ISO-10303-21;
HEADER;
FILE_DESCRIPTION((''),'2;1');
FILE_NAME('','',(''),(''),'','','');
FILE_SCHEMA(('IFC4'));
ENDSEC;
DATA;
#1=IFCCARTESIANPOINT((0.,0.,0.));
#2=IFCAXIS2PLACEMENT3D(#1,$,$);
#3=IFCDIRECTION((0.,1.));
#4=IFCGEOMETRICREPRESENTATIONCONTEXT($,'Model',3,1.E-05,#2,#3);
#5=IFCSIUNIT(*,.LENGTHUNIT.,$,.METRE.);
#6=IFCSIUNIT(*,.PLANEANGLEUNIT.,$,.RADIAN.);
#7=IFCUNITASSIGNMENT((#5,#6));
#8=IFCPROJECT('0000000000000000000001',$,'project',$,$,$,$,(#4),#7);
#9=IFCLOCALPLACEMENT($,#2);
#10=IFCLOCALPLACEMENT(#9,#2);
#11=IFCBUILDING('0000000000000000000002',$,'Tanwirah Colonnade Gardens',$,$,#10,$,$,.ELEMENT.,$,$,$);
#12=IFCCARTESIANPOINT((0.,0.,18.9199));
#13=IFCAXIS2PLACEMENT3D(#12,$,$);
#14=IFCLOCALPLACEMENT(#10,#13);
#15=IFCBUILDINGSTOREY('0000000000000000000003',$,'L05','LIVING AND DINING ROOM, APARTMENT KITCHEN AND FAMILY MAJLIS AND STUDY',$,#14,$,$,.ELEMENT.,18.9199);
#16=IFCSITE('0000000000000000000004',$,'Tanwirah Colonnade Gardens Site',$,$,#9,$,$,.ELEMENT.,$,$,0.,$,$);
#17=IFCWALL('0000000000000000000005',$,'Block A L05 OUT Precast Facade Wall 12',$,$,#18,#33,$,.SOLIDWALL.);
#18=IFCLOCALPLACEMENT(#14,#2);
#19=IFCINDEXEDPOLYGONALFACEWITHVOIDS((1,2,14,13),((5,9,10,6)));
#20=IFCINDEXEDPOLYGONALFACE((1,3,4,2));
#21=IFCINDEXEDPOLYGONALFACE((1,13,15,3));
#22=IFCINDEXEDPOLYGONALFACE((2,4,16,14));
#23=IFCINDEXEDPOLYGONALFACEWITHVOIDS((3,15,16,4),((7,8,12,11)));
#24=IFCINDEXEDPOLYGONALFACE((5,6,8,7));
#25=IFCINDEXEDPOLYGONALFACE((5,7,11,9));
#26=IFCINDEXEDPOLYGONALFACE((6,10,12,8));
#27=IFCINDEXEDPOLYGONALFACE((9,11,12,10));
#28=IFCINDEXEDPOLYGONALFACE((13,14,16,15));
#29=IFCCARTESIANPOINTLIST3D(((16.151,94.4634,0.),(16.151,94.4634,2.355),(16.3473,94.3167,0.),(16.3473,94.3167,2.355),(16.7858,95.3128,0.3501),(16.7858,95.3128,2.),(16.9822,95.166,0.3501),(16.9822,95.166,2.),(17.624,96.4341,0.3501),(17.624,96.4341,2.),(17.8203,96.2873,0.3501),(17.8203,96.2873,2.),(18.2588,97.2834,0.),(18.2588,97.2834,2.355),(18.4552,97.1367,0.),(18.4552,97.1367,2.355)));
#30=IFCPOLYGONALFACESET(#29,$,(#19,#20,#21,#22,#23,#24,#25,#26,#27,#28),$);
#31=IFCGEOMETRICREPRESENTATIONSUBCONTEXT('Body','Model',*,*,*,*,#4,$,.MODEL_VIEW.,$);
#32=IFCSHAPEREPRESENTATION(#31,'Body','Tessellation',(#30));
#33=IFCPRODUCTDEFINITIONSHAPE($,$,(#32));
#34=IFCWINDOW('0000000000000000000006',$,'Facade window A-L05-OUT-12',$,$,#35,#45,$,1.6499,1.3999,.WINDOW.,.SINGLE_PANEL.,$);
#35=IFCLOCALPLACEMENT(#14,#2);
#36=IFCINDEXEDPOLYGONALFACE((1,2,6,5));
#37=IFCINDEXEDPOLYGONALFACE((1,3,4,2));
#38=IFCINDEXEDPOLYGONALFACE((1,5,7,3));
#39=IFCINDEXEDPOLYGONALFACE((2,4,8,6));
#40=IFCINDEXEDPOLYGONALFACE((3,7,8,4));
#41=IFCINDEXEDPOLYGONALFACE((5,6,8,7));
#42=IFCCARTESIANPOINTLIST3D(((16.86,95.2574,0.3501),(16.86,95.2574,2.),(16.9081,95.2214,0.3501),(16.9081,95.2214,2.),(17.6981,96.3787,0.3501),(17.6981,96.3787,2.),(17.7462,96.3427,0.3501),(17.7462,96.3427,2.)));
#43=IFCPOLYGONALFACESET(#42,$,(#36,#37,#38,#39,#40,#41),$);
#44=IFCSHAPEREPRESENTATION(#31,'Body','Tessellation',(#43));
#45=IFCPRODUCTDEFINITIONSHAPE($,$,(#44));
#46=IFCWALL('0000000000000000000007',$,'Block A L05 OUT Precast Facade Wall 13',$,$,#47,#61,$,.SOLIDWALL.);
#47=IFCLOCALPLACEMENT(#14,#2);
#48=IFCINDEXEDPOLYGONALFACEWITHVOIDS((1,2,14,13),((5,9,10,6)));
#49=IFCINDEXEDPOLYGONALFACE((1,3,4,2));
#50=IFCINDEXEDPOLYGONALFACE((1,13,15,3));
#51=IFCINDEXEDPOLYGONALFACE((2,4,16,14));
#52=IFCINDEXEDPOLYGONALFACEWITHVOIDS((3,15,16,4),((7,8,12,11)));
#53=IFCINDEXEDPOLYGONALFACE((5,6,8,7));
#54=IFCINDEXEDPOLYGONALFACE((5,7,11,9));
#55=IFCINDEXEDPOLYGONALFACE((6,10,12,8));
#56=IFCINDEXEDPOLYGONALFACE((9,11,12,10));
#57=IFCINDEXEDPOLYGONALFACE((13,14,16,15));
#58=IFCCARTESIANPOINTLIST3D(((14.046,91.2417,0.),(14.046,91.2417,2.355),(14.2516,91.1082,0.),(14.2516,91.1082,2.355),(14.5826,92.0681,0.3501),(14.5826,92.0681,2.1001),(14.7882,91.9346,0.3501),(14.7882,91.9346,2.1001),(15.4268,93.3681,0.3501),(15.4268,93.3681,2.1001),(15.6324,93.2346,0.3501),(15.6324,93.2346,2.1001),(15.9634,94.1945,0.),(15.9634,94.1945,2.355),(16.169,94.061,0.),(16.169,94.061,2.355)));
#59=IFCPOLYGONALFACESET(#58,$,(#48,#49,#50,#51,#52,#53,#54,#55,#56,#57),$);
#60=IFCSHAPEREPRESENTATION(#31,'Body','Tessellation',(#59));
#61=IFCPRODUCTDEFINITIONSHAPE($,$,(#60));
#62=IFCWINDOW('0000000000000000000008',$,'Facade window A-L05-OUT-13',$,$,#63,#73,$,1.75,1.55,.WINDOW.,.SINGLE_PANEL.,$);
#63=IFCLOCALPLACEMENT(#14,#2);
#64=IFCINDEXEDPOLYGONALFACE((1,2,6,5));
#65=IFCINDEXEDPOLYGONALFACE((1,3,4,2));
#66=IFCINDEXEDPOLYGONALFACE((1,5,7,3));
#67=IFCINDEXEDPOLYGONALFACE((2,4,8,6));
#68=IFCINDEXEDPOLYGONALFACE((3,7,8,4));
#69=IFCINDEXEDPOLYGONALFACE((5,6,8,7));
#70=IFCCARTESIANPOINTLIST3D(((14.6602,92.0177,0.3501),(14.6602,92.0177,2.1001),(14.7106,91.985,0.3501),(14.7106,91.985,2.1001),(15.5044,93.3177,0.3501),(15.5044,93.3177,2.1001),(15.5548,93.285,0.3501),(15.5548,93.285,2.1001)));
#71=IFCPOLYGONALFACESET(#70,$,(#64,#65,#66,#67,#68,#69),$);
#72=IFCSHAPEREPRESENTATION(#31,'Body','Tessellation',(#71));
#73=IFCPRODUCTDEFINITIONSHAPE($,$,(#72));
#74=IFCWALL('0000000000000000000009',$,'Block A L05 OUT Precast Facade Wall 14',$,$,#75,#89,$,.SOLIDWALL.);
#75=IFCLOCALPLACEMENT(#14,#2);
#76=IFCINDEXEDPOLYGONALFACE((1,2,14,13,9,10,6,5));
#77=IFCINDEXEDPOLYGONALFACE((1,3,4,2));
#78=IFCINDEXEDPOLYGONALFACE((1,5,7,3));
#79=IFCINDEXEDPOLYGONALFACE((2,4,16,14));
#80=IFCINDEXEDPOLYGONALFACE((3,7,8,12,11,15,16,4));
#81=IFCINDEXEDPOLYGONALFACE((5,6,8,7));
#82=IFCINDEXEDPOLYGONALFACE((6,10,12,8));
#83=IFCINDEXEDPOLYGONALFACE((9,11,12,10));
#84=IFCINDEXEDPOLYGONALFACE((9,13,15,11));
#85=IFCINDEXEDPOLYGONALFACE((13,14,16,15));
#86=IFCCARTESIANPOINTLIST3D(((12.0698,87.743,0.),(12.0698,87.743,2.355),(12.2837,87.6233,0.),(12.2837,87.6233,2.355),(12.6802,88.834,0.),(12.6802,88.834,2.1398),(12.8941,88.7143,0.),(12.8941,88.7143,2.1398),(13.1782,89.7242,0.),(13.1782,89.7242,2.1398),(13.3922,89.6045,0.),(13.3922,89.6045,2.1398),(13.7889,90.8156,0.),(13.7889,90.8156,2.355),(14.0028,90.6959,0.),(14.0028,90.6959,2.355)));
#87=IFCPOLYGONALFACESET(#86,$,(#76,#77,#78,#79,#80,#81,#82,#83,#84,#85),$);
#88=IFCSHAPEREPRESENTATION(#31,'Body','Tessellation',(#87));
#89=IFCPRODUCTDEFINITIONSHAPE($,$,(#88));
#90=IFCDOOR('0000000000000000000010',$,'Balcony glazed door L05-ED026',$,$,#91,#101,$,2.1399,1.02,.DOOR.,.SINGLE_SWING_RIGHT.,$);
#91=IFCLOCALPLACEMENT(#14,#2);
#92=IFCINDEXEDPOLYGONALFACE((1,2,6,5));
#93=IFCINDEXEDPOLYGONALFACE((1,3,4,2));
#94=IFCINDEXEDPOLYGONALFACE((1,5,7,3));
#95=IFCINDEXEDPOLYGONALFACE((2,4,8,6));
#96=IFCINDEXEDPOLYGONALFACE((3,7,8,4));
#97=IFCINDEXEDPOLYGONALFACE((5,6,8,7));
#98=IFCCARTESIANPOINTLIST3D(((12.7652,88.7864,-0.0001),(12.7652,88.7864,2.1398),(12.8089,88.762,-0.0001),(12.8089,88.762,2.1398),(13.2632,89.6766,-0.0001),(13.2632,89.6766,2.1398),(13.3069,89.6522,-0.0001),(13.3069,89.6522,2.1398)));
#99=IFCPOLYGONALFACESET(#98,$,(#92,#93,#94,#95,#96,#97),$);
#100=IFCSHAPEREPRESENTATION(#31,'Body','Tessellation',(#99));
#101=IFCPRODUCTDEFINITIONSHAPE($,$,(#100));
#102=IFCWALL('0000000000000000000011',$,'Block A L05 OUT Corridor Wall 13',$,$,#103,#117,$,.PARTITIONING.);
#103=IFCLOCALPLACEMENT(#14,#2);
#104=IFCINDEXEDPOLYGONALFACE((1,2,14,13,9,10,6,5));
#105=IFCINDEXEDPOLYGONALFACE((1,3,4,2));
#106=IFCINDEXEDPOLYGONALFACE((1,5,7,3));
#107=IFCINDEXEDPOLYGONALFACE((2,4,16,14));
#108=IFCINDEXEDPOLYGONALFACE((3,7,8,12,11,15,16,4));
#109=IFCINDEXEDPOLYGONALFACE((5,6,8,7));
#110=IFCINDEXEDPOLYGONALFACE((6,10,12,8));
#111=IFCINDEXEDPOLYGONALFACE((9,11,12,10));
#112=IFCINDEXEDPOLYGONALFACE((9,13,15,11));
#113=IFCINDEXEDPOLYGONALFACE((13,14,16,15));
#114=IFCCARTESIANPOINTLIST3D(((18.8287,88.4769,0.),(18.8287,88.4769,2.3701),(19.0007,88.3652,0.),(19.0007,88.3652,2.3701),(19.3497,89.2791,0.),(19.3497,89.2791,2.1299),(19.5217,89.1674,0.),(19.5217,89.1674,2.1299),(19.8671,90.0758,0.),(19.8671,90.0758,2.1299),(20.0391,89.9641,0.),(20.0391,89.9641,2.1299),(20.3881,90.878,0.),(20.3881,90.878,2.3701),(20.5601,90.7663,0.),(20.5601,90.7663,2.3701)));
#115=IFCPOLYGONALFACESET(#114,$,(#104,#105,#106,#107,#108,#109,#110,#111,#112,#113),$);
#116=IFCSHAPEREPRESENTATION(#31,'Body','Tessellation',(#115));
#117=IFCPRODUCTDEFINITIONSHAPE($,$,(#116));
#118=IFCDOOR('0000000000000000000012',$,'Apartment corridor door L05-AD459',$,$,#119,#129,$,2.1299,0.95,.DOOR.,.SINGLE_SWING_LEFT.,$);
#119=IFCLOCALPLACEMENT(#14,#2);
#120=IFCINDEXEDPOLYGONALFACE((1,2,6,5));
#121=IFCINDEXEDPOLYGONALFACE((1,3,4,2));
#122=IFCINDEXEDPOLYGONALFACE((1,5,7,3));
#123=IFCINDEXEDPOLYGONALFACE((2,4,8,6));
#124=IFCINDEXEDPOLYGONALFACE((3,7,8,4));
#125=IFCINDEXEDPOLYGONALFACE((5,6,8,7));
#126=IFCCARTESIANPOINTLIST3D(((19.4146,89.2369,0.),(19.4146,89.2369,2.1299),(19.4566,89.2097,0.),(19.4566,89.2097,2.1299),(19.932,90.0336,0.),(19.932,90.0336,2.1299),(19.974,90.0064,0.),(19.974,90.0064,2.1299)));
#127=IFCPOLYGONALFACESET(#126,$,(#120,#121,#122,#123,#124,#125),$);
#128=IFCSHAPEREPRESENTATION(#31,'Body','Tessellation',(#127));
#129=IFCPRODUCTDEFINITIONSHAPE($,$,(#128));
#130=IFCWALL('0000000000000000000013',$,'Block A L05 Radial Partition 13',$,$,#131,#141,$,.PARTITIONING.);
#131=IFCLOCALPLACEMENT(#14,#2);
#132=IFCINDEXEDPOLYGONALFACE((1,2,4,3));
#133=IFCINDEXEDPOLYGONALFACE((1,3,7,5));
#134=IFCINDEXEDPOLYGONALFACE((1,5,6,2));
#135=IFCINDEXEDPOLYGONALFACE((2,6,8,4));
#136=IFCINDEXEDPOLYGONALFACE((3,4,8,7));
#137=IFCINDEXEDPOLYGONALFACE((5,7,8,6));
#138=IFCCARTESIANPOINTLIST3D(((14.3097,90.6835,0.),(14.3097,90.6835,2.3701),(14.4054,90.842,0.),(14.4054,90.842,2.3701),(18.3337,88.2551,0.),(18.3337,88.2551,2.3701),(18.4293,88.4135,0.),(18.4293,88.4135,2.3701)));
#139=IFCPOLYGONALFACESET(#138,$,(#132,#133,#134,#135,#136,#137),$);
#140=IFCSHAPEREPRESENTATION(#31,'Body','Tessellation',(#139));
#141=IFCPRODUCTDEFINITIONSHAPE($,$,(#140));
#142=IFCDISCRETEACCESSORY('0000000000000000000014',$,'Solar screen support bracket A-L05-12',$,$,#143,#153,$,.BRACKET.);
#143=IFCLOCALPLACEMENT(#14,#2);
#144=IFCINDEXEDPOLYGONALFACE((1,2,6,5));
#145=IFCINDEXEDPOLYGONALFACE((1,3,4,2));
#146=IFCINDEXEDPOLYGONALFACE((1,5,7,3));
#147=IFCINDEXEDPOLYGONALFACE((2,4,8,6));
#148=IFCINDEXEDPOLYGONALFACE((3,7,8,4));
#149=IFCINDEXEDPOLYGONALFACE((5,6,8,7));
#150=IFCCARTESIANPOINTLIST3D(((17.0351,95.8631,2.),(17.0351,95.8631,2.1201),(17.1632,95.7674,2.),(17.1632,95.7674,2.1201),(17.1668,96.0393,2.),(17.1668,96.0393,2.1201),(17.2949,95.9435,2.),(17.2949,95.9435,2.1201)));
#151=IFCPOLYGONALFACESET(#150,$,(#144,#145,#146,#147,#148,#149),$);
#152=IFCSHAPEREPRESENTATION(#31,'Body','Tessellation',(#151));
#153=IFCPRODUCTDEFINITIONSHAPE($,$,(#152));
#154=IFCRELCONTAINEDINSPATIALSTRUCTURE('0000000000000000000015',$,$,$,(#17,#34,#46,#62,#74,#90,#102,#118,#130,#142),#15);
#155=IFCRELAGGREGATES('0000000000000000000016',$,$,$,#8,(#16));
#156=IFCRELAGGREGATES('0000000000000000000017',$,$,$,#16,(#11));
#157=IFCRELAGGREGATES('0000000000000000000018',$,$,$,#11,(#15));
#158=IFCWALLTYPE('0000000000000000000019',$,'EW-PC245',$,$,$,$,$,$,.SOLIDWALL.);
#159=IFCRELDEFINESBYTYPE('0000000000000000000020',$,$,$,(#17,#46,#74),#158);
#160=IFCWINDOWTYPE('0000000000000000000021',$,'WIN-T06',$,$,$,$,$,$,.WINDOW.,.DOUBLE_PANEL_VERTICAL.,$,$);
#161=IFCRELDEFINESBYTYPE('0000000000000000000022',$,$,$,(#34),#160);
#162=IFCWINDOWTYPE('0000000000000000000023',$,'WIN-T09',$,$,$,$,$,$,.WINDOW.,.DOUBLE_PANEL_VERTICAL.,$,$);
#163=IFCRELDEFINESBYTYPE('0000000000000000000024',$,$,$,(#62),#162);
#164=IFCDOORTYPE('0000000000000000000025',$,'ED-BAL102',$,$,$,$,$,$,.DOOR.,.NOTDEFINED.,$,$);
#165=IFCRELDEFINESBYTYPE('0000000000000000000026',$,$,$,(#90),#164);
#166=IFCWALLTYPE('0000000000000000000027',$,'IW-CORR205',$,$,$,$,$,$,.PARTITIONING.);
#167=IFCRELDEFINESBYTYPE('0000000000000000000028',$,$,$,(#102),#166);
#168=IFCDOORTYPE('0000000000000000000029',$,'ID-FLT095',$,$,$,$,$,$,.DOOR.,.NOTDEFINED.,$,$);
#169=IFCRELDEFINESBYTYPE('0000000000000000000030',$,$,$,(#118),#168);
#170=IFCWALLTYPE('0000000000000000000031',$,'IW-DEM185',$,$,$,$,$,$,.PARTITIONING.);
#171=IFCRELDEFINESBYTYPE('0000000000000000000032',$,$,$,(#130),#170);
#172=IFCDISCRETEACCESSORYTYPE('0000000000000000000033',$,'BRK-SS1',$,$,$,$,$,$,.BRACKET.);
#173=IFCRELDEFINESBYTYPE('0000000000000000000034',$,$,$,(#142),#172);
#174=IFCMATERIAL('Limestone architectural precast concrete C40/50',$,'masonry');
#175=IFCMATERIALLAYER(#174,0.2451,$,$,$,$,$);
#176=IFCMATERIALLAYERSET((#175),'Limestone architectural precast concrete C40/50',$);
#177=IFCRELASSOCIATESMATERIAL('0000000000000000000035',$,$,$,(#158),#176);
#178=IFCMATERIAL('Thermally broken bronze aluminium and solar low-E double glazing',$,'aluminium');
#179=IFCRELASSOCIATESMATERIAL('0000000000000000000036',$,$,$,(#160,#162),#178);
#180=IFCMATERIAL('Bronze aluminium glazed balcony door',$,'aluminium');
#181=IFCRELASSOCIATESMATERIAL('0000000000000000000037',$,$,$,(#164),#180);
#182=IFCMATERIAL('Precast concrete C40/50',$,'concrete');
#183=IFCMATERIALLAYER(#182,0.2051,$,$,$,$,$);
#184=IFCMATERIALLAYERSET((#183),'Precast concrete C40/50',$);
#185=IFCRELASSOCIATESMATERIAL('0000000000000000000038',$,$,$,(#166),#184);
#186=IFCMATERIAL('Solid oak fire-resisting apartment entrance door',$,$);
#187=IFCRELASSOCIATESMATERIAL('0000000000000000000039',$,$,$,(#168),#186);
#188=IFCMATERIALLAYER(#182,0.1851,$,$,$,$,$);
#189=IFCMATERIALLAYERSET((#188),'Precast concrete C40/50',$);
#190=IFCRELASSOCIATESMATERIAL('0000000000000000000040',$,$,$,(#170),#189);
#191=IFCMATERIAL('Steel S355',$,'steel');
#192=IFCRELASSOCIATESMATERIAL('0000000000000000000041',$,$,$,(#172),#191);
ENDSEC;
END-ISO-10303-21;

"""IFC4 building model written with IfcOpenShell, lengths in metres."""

from ifc_helpers import new_model, si_unit, direction, frame, frame_2d, origin, origin_2d, place, context, subcontext, project, spatial, rectangle, extrude, material, layer, layer_set, type_object, element, fill, save


model = new_model("IFC4")

# Units and contexts
model_context = context("Model", 3, precision=1e-05, world=origin(), true_north=direction((0.0, 1.0)))
body_context = subcontext(model_context, "Body", "Model", "MODEL_VIEW")
ifc_project = project(units=[si_unit("LENGTHUNIT", "METRE"), si_unit("PLANEANGLEUNIT", "RADIAN")], contexts=[model_context])

# Site, building, storey
site_placement = place(None, origin())
site = spatial("IfcSite", under=ifc_project, at=site_placement, Name="Tanwirah Colonnade Gardens Site", CompositionType="ELEMENT", RefElevation=0.0)
building_placement = place(site_placement, origin())
building = spatial("IfcBuilding", under=site, at=building_placement, Name="Tanwirah Colonnade Gardens", CompositionType="ELEMENT")
storey_placement = place(building_placement, frame((0.0, 0.0, 18.9199)))
storey = spatial("IfcBuildingStorey", under=building, at=storey_placement, Name="L05", Description="LIVING AND DINING ROOM, APARTMENT KITCHEN AND FAMILY MAJLIS AND STUDY", CompositionType="ELEMENT", Elevation=18.9199)

# Shared definitions
ifc_material_1 = material(Name="Precast concrete C40/50", Category="concrete")

# Walls, openings, windows
ifc_material_2 = material(Name="Limestone architectural precast concrete C40/50", Category="masonry")
ifc_layer_1 = layer(ifc_material_2, 0.2451)
ifc_layer_set_1 = layer_set([ifc_layer_1], Name="Limestone architectural precast concrete C40/50")
wall_type_1 = type_object("IfcWallType", Name="EW-PC245", PredefinedType="SOLIDWALL", material=ifc_layer_set_1)
wall_1_placement = place(storey_placement, frame((18.3569, 97.21, 0.0), z_axis=(0.0, 0.0, 1.0), x_axis=(-0.598701, -0.800973, 0.0)))
wall_1 = element("IfcWall", 1, at=wall_1_placement, inside=storey, type_object=wall_type_1, Name="Block A L05 OUT Precast Facade Wall 12", PredefinedType="SOLIDWALL", context=body_context, shape_type="SweptSolid", body=[
    extrude(rectangle(XDim=3.5208, YDim=0.2451, at=frame_2d((1.7603, 0.0))), origin(), (0.0, 0.0, 1.0), 2.355),
])
opening_1_placement = place(wall_1_placement, frame((1.0603, 0.0, 0.3501)))
opening_1 = element("IfcOpeningElement", 2, at=opening_1_placement, cuts=wall_1, PredefinedType="OPENING", context=body_context, shape_type="SweptSolid", body=[
    extrude(rectangle(XDim=1.3999, YDim=1.6499, at=frame_2d((0.7, 0.825))), frame((0.0, 0.1326, 0.0), z_axis=(0.0, -1.0, 0.0), x_axis=(1.0, 0.0, 0.0)), (0.0, 0.0, 1.0), 0.2651),
])
ifc_material_3 = material(Name="Thermally broken bronze aluminium and solar low-E double glazing", Category="aluminium")
window_type_1 = type_object("IfcWindowType", Name="WIN-T06", PartitioningType="DOUBLE_PANEL_VERTICAL", PredefinedType="WINDOW", material=ifc_material_3)
window_1_placement = place(opening_1_placement, origin())
window_1 = element("IfcWindow", 3, at=window_1_placement, inside=storey, type_object=window_type_1, Name="Facade window A-L05-OUT-12", OverallHeight=1.6499, OverallWidth=1.3999, PartitioningType="SINGLE_PANEL", PredefinedType="WINDOW", context=body_context, shape_type="SweptSolid", body=[
    extrude(rectangle(XDim=1.3999, YDim=1.6499, at=frame_2d((0.7, 0.825))), frame((0.0, 0.03, 0.0), z_axis=(0.0, -1.0, 0.0), x_axis=(1.0, 0.0, 0.0)), (0.0, 0.0, 1.0), 0.0601),
])
fill(opening_1, window_1)
wall_2_placement = place(storey_placement, frame((16.0662, 94.1277, 0.0), z_axis=(0.0, 0.0, 1.0), x_axis=(-0.544611, -0.838689, 0.0)))
wall_2 = element("IfcWall", 4, at=wall_2_placement, inside=storey, type_object=wall_type_1, Name="Block A L05 OUT Precast Facade Wall 13", PredefinedType="SOLIDWALL", context=body_context, shape_type="SweptSolid", body=[
    extrude(rectangle(XDim=3.5208, YDim=0.2451, at=frame_2d((1.7603, 0.0))), origin(), (0.0, 0.0, 1.0), 2.355),
])
opening_2_placement = place(wall_2_placement, frame((0.9854, 0.0, 0.3501)))
opening_2 = element("IfcOpeningElement", 5, at=opening_2_placement, cuts=wall_2, PredefinedType="OPENING", context=body_context, shape_type="SweptSolid", body=[
    extrude(rectangle(XDim=1.55, YDim=1.75, at=frame_2d((0.7749, 0.875))), frame((0.0, 0.1326, 0.0), z_axis=(0.0, -1.0, 0.0), x_axis=(1.0, 0.0, 0.0)), (0.0, 0.0, 1.0), 0.2651),
])
window_type_2 = type_object("IfcWindowType", Name="WIN-T09", PartitioningType="DOUBLE_PANEL_VERTICAL", PredefinedType="WINDOW", material=ifc_material_3)
window_2_placement = place(opening_2_placement, origin())
window_2 = element("IfcWindow", 6, at=window_2_placement, inside=storey, type_object=window_type_2, Name="Facade window A-L05-OUT-13", OverallHeight=1.75, OverallWidth=1.55, PartitioningType="SINGLE_PANEL", PredefinedType="WINDOW", context=body_context, shape_type="SweptSolid", body=[
    extrude(rectangle(XDim=1.55, YDim=1.75, at=frame_2d((0.7749, 0.875))), frame((0.0, 0.03, 0.0), z_axis=(0.0, -1.0, 0.0), x_axis=(1.0, 0.0, 0.0)), (0.0, 0.0, 1.0), 0.0601),
])
fill(opening_2, window_2)

# Walls, openings, doors
wall_3_placement = place(storey_placement, frame((13.8958, 90.7556, 0.0), z_axis=(0.0, 0.0, 1.0), x_axis=(-0.488255, -0.872701, 0.0)))
wall_3 = element("IfcWall", 7, at=wall_3_placement, inside=storey, type_object=wall_type_1, Name="Block A L05 OUT Precast Facade Wall 14", PredefinedType="SOLIDWALL", context=body_context, shape_type="SweptSolid", body=[
    extrude(rectangle(XDim=3.5208, YDim=0.2451, at=frame_2d((1.7603, 0.0))), origin(), (0.0, 0.0, 1.0), 2.355),
])
opening_3_placement = place(wall_3_placement, frame((1.2505, 0.0, 0.0)))
opening_3 = element("IfcOpeningElement", 8, at=opening_3_placement, cuts=wall_3, PredefinedType="OPENING", context=body_context, shape_type="SweptSolid", body=[
    extrude(rectangle(XDim=1.02, YDim=2.1399, at=frame_2d((0.51, 1.0698))), frame((0.0, 0.1326, 0.0), z_axis=(0.0, -1.0, 0.0), x_axis=(1.0, 0.0, 0.0)), (0.0, 0.0, 1.0), 0.2651),
])
ifc_material_4 = material(Name="Bronze aluminium glazed balcony door", Category="aluminium")
door_type_1 = type_object("IfcDoorType", Name="ED-BAL102", OperationType="NOTDEFINED", PredefinedType="DOOR", material=ifc_material_4)
door_1_placement = place(opening_3_placement, origin())
door_1 = element("IfcDoor", 9, at=door_1_placement, inside=storey, type_object=door_type_1, Name="Balcony glazed door L05-ED026", OperationType="SINGLE_SWING_RIGHT", OverallHeight=2.1399, OverallWidth=1.02, PredefinedType="DOOR", context=body_context, shape_type="SweptSolid", body=[
    extrude(rectangle(XDim=1.02, YDim=2.1399, at=frame_2d((0.51, 1.0698))), frame((0.0, 0.0249, 0.0), z_axis=(0.0, -1.0, 0.0), x_axis=(1.0, 0.0, 0.0)), (0.0, 0.0, 1.0), 0.05),
])
fill(opening_3, door_1)
ifc_layer_2 = layer(ifc_material_1, 0.2051)
ifc_layer_set_2 = layer_set([ifc_layer_2], Name="Precast concrete C40/50")
wall_type_2 = type_object("IfcWallType", Name="IW-CORR205", PredefinedType="PARTITIONING", material=ifc_layer_set_2)
wall_4_placement = place(storey_placement, frame((20.4741, 90.8223, 0.0), z_axis=(0.0, 0.0, 1.0), x_axis=(-0.544644, -0.838668, 0.0)))
wall_4 = element("IfcWall", 10, at=wall_4_placement, inside=storey, type_object=wall_type_2, Name="Block A L05 OUT Corridor Wall 13", PredefinedType="PARTITIONING", context=body_context, shape_type="SweptSolid", body=[
    extrude(rectangle(XDim=2.863, YDim=0.2051, at=frame_2d((1.4316, 0.0))), origin(), (0.0, 0.0, 1.0), 2.3701),
])
opening_4_placement = place(wall_4_placement, frame((0.9565, 0.0, 0.0)))
opening_4 = element("IfcOpeningElement", 11, at=opening_4_placement, cuts=wall_4, PredefinedType="OPENING", context=body_context, shape_type="SweptSolid", body=[
    extrude(rectangle(XDim=0.95, YDim=2.1299, at=frame_2d((0.4751, 1.0649))), frame((0.0, 0.1125, 0.0), z_axis=(0.0, -1.0, 0.0), x_axis=(1.0, 0.0, 0.0)), (0.0, 0.0, 1.0), 0.2251),
])
ifc_material_5 = material(Name="Solid oak fire-resisting apartment entrance door")
door_type_2 = type_object("IfcDoorType", Name="ID-FLT095", OperationType="NOTDEFINED", PredefinedType="DOOR", material=ifc_material_5)
door_2_placement = place(opening_4_placement, origin())
door_2 = element("IfcDoor", 12, at=door_2_placement, inside=storey, type_object=door_type_2, Name="Apartment corridor door L05-AD459", OperationType="SINGLE_SWING_LEFT", OverallHeight=2.1299, OverallWidth=0.95, PredefinedType="DOOR", context=body_context, shape_type="SweptSolid", body=[
    extrude(rectangle(XDim=0.95, YDim=2.1299, at=frame_2d((0.4751, 1.0649))), frame((0.0, 0.0249, 0.0), z_axis=(0.0, -1.0, 0.0), x_axis=(1.0, 0.0, 0.0)), (0.0, 0.0, 1.0), 0.05),
])
fill(opening_4, door_2)

# Wall
ifc_layer_3 = layer(ifc_material_1, 0.1851)
ifc_layer_set_3 = layer_set([ifc_layer_3], Name="Precast concrete C40/50")
wall_type_3 = type_object("IfcWallType", Name="IW-DEM185", PredefinedType="PARTITIONING", material=ifc_layer_set_3)
wall_5_placement = place(storey_placement, frame((18.3816, 88.3342, 0.0), z_axis=(0.0, 0.0, 1.0), x_axis=(-0.856165, 0.516702, 0.0)))
element("IfcWall", 13, at=wall_5_placement, inside=storey, type_object=wall_type_3, Name="Block A L05 Radial Partition 13", PredefinedType="PARTITIONING", context=body_context, shape_type="SweptSolid", body=[
    extrude(rectangle(XDim=4.7, YDim=0.1851, at=frame_2d((2.3501, 0.0))), origin(), (0.0, 0.0, 1.0), 2.3701),
])

# Discrete accessory
ifc_material_6 = material(Name="Steel S355", Category="steel")
discrete_accessory_type = type_object("IfcDiscreteAccessoryType", Name="BRK-SS1", PredefinedType="BRACKET", material=ifc_material_6)
discrete_accessory_placement = place(storey_placement, frame((17.165, 95.9033, 2.0), z_axis=(0.0, 0.0, 1.0), x_axis=(-0.598714, -0.800963, 0.0)))
element("IfcDiscreteAccessory", 14, at=discrete_accessory_placement, inside=storey, type_object=discrete_accessory_type, Name="Solar screen support bracket A-L05-12", PredefinedType="BRACKET", context=body_context, shape_type="SweptSolid", body=[
    extrude(rectangle(XDim=0.22, YDim=0.1599, at=origin_2d()), origin(), (0.0, 0.0, 1.0), 0.1201),
])

save(model, "model.ifc")
